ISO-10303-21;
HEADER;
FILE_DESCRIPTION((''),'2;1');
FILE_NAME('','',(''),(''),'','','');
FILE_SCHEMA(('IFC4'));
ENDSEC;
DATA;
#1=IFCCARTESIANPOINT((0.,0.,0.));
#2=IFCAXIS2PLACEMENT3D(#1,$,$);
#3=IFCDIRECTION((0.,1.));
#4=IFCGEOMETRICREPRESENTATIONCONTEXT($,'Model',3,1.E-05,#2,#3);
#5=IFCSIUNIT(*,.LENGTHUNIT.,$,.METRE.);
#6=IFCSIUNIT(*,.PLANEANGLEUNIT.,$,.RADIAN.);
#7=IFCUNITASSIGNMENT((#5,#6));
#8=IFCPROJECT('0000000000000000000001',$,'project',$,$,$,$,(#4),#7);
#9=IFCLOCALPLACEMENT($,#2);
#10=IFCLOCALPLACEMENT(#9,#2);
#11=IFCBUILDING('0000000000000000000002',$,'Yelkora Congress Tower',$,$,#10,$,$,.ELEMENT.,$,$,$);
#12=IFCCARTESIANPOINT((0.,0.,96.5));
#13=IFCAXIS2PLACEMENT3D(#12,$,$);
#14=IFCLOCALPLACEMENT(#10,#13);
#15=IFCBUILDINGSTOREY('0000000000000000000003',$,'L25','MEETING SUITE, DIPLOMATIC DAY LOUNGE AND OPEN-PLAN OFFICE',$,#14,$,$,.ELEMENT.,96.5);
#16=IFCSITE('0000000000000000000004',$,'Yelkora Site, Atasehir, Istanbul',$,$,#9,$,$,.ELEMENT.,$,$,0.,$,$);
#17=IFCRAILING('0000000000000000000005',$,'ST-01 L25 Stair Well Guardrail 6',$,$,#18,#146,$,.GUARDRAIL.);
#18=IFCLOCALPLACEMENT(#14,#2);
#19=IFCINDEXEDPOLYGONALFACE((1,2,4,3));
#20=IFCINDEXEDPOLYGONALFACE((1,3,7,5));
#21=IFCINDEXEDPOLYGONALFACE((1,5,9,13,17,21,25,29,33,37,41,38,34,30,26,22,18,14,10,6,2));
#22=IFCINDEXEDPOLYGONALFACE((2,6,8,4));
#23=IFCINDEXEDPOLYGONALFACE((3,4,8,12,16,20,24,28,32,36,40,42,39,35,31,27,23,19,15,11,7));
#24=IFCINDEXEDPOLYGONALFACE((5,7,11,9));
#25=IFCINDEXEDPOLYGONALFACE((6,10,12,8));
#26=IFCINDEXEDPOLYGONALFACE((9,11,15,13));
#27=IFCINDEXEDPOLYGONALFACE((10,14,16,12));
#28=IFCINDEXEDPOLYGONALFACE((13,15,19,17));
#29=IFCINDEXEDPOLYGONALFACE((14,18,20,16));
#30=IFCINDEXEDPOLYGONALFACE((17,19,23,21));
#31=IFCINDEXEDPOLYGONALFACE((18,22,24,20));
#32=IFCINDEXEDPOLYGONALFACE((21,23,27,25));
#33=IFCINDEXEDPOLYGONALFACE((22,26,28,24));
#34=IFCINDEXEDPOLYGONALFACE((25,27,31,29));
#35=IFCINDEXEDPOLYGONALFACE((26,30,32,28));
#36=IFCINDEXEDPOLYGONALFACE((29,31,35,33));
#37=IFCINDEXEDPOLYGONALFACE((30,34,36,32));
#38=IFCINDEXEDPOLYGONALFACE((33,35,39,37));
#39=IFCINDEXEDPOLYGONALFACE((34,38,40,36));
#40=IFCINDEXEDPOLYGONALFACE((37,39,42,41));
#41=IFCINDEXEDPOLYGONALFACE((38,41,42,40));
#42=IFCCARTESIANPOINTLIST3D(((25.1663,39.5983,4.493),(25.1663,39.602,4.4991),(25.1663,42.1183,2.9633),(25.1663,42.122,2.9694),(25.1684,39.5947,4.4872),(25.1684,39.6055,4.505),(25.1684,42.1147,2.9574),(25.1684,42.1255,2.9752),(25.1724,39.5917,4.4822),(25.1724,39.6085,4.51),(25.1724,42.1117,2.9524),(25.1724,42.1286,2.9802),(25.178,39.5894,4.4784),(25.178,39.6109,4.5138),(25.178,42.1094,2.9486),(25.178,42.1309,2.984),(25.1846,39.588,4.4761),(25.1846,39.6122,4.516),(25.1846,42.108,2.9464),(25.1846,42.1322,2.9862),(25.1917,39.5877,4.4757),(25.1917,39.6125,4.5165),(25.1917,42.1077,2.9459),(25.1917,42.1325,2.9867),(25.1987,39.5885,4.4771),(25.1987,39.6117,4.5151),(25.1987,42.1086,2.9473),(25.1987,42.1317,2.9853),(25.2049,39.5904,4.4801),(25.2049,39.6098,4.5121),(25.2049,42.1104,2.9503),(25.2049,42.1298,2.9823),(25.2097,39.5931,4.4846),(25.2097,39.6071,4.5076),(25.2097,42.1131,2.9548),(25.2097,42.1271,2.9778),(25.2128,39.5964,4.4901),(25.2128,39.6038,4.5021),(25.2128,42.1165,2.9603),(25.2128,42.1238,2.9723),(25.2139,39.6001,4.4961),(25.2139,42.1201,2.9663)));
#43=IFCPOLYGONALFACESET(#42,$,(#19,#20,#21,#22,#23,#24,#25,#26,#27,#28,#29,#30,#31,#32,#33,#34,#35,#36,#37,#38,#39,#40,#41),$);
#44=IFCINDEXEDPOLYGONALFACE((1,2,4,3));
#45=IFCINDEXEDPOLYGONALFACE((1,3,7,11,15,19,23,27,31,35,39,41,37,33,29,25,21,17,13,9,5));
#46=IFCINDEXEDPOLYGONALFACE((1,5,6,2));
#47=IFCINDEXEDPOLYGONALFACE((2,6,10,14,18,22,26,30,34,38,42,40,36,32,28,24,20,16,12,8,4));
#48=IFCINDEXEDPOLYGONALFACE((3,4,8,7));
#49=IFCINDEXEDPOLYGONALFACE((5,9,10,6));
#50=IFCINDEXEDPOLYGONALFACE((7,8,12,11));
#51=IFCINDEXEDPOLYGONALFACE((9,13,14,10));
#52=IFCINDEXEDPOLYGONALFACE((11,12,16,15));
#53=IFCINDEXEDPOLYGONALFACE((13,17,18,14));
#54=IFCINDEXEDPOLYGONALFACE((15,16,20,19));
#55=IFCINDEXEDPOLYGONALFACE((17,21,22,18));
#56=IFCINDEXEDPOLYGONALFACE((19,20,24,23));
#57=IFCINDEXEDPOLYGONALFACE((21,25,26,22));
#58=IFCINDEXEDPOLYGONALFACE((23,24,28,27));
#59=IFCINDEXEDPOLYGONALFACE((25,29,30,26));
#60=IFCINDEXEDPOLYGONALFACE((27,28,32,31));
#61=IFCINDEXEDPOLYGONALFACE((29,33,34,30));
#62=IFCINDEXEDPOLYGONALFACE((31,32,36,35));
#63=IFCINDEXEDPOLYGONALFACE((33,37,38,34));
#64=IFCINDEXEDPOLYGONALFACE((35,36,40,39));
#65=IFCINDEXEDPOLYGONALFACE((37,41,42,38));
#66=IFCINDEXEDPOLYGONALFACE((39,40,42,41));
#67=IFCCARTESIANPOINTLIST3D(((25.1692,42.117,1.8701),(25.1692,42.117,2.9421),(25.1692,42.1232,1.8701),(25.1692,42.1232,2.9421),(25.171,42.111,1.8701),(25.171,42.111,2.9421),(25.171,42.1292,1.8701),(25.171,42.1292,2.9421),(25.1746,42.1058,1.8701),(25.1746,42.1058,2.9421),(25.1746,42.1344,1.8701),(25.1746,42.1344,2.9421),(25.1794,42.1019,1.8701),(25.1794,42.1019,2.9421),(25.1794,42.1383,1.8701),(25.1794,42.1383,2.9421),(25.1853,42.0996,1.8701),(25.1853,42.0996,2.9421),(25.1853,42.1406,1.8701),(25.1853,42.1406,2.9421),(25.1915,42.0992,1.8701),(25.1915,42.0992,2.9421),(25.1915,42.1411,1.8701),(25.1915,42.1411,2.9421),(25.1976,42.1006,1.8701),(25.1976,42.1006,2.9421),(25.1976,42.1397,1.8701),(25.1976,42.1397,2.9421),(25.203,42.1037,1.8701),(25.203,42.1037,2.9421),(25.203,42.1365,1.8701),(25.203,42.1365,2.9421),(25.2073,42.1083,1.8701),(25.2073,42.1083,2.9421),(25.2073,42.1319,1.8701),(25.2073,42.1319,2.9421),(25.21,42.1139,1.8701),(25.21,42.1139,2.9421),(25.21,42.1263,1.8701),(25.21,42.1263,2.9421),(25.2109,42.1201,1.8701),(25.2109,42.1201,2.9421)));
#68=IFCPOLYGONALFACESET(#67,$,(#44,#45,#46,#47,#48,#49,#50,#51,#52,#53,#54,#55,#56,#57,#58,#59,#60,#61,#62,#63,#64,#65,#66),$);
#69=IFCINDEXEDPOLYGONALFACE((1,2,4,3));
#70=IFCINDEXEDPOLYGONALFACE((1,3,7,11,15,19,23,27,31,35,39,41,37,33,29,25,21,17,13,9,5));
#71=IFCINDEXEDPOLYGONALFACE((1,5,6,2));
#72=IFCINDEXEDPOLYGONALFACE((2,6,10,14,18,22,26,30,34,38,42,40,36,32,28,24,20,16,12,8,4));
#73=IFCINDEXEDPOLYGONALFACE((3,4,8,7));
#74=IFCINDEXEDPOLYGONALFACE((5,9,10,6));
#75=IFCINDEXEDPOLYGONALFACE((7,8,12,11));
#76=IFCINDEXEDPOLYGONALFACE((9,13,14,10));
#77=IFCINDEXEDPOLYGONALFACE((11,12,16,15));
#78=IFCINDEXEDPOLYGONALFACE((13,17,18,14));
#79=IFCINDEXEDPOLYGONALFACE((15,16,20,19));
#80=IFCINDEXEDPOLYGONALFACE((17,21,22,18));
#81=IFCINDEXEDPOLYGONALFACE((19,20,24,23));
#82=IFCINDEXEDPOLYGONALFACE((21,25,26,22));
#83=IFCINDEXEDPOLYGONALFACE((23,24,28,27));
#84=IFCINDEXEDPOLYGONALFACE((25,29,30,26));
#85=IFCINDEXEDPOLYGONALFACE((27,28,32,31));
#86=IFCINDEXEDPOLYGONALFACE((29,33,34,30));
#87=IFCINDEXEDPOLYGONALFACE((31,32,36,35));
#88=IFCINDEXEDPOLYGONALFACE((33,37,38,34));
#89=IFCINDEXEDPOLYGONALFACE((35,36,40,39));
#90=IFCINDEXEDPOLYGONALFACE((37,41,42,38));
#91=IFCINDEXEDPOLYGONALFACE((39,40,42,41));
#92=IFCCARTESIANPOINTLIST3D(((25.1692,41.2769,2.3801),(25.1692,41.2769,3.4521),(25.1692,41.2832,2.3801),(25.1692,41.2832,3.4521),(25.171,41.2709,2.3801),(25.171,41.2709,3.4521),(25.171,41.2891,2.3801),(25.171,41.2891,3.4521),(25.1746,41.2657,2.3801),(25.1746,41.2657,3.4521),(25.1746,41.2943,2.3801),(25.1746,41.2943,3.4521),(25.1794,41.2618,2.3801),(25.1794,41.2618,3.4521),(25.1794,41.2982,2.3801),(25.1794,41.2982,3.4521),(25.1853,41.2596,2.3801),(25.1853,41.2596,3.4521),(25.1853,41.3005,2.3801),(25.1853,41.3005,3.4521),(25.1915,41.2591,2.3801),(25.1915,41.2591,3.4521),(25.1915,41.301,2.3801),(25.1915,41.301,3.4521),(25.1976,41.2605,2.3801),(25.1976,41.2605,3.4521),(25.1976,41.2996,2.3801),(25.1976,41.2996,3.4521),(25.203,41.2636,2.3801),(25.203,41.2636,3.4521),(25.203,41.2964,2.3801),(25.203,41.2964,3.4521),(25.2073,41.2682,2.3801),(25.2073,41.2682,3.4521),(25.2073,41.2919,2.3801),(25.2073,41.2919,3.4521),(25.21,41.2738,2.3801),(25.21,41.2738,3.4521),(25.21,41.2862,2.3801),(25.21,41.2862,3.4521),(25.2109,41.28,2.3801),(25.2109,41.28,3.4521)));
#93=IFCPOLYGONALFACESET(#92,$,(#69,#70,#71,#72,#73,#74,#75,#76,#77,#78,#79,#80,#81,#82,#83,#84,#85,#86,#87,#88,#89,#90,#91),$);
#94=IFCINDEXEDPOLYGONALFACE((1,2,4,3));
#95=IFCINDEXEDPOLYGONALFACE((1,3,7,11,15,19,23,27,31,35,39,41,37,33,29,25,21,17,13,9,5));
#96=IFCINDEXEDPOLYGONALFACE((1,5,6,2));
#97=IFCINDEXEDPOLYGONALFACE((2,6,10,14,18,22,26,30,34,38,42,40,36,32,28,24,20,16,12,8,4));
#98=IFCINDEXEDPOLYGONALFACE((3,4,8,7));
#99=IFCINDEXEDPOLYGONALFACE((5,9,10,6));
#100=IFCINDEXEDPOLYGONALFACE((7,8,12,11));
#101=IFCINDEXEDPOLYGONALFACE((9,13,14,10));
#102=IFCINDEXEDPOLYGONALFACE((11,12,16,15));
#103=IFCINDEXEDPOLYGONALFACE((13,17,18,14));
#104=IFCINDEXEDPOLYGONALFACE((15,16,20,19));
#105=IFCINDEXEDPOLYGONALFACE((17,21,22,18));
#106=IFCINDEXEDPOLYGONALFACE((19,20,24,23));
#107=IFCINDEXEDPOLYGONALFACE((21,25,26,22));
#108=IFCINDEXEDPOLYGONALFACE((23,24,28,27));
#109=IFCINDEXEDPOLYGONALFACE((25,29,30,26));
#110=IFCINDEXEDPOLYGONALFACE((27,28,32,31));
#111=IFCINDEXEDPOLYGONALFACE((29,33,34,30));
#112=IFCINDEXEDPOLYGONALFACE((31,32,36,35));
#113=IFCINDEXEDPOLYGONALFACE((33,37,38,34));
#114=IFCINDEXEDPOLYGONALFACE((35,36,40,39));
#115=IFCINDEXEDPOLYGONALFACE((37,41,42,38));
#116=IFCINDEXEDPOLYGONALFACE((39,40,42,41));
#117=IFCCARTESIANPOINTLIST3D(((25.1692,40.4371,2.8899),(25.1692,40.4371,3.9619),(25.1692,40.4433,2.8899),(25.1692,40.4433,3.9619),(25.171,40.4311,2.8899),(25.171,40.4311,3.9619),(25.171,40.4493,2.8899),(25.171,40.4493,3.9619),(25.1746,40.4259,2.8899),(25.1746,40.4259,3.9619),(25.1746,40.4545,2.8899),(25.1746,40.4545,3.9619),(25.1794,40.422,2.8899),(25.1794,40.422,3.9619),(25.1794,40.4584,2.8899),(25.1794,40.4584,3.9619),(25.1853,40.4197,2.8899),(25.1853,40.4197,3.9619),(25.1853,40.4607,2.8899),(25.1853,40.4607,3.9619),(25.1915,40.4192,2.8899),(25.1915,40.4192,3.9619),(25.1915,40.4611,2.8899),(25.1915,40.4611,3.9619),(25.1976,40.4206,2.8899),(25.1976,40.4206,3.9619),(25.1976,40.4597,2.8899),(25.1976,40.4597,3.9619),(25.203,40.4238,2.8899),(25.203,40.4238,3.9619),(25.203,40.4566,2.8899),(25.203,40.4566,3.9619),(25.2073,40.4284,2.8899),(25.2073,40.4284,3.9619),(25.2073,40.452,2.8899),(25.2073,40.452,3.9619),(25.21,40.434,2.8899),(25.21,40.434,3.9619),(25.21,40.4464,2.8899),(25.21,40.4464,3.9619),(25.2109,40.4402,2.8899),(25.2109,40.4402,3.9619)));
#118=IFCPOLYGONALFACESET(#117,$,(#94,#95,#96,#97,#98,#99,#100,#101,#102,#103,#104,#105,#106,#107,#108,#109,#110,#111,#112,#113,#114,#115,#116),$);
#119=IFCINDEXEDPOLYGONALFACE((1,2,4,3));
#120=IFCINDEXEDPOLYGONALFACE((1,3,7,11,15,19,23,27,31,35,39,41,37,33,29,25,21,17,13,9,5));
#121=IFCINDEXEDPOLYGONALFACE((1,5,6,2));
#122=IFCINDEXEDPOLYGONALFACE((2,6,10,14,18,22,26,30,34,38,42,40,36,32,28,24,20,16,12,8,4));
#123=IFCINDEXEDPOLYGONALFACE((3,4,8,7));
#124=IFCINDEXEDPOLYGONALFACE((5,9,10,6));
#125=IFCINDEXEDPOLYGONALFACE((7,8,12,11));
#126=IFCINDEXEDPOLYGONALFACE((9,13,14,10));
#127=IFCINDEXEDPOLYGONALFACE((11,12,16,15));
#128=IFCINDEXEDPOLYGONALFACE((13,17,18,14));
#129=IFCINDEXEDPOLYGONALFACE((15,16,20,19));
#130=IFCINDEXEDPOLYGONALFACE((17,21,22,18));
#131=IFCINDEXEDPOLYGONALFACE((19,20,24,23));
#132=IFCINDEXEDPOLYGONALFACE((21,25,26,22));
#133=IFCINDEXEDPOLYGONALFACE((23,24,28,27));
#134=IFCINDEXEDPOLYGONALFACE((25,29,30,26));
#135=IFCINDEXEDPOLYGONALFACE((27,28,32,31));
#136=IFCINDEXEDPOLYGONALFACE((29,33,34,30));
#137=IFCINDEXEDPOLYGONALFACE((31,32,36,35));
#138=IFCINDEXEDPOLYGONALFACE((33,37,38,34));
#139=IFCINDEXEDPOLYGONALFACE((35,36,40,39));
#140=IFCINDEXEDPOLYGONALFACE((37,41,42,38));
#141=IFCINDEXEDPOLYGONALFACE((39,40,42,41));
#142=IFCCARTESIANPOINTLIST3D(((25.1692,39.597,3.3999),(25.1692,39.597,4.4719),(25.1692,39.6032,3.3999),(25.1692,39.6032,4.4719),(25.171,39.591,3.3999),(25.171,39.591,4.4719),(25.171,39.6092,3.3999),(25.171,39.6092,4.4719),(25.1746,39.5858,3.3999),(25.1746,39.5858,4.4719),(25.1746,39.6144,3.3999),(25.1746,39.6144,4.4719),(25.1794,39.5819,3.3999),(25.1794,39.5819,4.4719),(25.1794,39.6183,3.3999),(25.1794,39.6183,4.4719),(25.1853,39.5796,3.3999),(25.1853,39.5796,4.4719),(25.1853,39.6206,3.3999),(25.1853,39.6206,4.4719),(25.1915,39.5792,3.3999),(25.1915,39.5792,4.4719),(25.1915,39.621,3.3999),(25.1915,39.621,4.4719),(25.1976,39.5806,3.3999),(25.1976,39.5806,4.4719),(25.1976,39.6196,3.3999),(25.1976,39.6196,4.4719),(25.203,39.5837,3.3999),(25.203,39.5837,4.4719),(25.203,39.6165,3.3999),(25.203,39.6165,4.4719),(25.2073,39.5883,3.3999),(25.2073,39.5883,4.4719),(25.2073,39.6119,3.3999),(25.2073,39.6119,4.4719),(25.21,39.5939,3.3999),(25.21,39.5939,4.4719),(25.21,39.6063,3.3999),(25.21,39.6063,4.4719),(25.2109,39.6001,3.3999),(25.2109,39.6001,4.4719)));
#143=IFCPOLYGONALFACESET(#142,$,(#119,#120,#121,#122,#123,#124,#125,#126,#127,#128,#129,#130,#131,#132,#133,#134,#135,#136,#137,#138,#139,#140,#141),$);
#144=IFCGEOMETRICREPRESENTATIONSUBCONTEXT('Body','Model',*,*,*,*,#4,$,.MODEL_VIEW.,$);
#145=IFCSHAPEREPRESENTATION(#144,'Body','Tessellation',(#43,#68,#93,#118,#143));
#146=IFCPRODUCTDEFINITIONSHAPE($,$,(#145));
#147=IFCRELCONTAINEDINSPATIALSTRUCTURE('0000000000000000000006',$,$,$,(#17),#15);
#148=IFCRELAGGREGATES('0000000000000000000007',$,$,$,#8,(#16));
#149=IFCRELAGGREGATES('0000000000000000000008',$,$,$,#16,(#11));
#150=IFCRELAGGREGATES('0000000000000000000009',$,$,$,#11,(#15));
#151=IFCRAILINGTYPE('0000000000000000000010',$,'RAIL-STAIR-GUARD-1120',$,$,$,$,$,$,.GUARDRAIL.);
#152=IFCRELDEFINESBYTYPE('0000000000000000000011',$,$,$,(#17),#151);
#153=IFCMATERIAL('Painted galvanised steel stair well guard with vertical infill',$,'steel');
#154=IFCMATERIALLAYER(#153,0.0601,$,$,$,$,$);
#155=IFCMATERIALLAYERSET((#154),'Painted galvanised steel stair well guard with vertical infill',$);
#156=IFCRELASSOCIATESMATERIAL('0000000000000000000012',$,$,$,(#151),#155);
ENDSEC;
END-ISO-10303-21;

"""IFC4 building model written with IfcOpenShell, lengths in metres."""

from ifc_helpers import new_model, si_unit, direction, frame, origin, origin_2d, place, context, subcontext, project, spatial, circle, extrude, material, layer, layer_set, type_object, element, save


model = new_model("IFC4")

# Units and contexts
model_context = context("Model", 3, precision=1e-05, world=origin(), true_north=direction((0.0, 1.0)))
body_context = subcontext(model_context, "Body", "Model", "MODEL_VIEW")
ifc_project = project(units=[si_unit("LENGTHUNIT", "METRE"), si_unit("PLANEANGLEUNIT", "RADIAN")], contexts=[model_context])

# Site, building, storey
site_placement = place(None, origin())
site = spatial("IfcSite", under=ifc_project, at=site_placement, Name="Yelkora Site, Atasehir, Istanbul", CompositionType="ELEMENT", RefElevation=0.0)
building_placement = place(site_placement, origin())
building = spatial("IfcBuilding", under=site, at=building_placement, Name="Yelkora Congress Tower", CompositionType="ELEMENT")
storey_placement = place(building_placement, frame((0.0, 0.0, 96.5)))
storey = spatial("IfcBuildingStorey", under=building, at=storey_placement, Name="L25", Description="MEETING SUITE, DIPLOMATIC DAY LOUNGE AND OPEN-PLAN OFFICE", CompositionType="ELEMENT", Elevation=96.5)

# Railing
ifc_material_1 = material(Name="Painted galvanised steel stair well guard with vertical infill", Category="steel")
ifc_layer_1 = layer(ifc_material_1, 0.0601)
ifc_layer_set_1 = layer_set([ifc_layer_1], Name="Painted galvanised steel stair well guard with vertical infill")
railing_type_1 = type_object("IfcRailingType", Name="RAIL-STAIR-GUARD-1120", PredefinedType="GUARDRAIL", material=ifc_layer_set_1)
railing_1_placement = place(storey_placement, frame((25.1899, 42.1201, 1.8701)))
element("IfcRailing", 1, at=railing_1_placement, inside=storey, type_object=railing_type_1, Name="ST-01 L25 Stair Well Guardrail 6", PredefinedType="GUARDRAIL", context=body_context, shape_type="SweptSolid", body=[
    extrude(circle(Radius=0.0239, at=origin_2d()), frame((0.0, 0.0, 1.0962), z_axis=(0.0, -0.854822, 0.518922), x_axis=(1.0, 0.0, 0.0)), (0.0, 0.0, 1.0), 2.948),
    extrude(circle(Radius=0.021, at=origin_2d()), origin(), (0.0, 0.0, 1.0), 1.072),
    extrude(circle(Radius=0.021, at=origin_2d()), frame((0.0, -0.8401, 0.51)), (0.0, 0.0, 1.0), 1.072),
    extrude(circle(Radius=0.021, at=origin_2d()), frame((0.0, -1.6799, 1.0198)), (0.0, 0.0, 1.0), 1.072),
    extrude(circle(Radius=0.021, at=origin_2d()), frame((0.0, -2.52, 1.5298)), (0.0, 0.0, 1.0), 1.072),
])

save(model, "model.ifc")
